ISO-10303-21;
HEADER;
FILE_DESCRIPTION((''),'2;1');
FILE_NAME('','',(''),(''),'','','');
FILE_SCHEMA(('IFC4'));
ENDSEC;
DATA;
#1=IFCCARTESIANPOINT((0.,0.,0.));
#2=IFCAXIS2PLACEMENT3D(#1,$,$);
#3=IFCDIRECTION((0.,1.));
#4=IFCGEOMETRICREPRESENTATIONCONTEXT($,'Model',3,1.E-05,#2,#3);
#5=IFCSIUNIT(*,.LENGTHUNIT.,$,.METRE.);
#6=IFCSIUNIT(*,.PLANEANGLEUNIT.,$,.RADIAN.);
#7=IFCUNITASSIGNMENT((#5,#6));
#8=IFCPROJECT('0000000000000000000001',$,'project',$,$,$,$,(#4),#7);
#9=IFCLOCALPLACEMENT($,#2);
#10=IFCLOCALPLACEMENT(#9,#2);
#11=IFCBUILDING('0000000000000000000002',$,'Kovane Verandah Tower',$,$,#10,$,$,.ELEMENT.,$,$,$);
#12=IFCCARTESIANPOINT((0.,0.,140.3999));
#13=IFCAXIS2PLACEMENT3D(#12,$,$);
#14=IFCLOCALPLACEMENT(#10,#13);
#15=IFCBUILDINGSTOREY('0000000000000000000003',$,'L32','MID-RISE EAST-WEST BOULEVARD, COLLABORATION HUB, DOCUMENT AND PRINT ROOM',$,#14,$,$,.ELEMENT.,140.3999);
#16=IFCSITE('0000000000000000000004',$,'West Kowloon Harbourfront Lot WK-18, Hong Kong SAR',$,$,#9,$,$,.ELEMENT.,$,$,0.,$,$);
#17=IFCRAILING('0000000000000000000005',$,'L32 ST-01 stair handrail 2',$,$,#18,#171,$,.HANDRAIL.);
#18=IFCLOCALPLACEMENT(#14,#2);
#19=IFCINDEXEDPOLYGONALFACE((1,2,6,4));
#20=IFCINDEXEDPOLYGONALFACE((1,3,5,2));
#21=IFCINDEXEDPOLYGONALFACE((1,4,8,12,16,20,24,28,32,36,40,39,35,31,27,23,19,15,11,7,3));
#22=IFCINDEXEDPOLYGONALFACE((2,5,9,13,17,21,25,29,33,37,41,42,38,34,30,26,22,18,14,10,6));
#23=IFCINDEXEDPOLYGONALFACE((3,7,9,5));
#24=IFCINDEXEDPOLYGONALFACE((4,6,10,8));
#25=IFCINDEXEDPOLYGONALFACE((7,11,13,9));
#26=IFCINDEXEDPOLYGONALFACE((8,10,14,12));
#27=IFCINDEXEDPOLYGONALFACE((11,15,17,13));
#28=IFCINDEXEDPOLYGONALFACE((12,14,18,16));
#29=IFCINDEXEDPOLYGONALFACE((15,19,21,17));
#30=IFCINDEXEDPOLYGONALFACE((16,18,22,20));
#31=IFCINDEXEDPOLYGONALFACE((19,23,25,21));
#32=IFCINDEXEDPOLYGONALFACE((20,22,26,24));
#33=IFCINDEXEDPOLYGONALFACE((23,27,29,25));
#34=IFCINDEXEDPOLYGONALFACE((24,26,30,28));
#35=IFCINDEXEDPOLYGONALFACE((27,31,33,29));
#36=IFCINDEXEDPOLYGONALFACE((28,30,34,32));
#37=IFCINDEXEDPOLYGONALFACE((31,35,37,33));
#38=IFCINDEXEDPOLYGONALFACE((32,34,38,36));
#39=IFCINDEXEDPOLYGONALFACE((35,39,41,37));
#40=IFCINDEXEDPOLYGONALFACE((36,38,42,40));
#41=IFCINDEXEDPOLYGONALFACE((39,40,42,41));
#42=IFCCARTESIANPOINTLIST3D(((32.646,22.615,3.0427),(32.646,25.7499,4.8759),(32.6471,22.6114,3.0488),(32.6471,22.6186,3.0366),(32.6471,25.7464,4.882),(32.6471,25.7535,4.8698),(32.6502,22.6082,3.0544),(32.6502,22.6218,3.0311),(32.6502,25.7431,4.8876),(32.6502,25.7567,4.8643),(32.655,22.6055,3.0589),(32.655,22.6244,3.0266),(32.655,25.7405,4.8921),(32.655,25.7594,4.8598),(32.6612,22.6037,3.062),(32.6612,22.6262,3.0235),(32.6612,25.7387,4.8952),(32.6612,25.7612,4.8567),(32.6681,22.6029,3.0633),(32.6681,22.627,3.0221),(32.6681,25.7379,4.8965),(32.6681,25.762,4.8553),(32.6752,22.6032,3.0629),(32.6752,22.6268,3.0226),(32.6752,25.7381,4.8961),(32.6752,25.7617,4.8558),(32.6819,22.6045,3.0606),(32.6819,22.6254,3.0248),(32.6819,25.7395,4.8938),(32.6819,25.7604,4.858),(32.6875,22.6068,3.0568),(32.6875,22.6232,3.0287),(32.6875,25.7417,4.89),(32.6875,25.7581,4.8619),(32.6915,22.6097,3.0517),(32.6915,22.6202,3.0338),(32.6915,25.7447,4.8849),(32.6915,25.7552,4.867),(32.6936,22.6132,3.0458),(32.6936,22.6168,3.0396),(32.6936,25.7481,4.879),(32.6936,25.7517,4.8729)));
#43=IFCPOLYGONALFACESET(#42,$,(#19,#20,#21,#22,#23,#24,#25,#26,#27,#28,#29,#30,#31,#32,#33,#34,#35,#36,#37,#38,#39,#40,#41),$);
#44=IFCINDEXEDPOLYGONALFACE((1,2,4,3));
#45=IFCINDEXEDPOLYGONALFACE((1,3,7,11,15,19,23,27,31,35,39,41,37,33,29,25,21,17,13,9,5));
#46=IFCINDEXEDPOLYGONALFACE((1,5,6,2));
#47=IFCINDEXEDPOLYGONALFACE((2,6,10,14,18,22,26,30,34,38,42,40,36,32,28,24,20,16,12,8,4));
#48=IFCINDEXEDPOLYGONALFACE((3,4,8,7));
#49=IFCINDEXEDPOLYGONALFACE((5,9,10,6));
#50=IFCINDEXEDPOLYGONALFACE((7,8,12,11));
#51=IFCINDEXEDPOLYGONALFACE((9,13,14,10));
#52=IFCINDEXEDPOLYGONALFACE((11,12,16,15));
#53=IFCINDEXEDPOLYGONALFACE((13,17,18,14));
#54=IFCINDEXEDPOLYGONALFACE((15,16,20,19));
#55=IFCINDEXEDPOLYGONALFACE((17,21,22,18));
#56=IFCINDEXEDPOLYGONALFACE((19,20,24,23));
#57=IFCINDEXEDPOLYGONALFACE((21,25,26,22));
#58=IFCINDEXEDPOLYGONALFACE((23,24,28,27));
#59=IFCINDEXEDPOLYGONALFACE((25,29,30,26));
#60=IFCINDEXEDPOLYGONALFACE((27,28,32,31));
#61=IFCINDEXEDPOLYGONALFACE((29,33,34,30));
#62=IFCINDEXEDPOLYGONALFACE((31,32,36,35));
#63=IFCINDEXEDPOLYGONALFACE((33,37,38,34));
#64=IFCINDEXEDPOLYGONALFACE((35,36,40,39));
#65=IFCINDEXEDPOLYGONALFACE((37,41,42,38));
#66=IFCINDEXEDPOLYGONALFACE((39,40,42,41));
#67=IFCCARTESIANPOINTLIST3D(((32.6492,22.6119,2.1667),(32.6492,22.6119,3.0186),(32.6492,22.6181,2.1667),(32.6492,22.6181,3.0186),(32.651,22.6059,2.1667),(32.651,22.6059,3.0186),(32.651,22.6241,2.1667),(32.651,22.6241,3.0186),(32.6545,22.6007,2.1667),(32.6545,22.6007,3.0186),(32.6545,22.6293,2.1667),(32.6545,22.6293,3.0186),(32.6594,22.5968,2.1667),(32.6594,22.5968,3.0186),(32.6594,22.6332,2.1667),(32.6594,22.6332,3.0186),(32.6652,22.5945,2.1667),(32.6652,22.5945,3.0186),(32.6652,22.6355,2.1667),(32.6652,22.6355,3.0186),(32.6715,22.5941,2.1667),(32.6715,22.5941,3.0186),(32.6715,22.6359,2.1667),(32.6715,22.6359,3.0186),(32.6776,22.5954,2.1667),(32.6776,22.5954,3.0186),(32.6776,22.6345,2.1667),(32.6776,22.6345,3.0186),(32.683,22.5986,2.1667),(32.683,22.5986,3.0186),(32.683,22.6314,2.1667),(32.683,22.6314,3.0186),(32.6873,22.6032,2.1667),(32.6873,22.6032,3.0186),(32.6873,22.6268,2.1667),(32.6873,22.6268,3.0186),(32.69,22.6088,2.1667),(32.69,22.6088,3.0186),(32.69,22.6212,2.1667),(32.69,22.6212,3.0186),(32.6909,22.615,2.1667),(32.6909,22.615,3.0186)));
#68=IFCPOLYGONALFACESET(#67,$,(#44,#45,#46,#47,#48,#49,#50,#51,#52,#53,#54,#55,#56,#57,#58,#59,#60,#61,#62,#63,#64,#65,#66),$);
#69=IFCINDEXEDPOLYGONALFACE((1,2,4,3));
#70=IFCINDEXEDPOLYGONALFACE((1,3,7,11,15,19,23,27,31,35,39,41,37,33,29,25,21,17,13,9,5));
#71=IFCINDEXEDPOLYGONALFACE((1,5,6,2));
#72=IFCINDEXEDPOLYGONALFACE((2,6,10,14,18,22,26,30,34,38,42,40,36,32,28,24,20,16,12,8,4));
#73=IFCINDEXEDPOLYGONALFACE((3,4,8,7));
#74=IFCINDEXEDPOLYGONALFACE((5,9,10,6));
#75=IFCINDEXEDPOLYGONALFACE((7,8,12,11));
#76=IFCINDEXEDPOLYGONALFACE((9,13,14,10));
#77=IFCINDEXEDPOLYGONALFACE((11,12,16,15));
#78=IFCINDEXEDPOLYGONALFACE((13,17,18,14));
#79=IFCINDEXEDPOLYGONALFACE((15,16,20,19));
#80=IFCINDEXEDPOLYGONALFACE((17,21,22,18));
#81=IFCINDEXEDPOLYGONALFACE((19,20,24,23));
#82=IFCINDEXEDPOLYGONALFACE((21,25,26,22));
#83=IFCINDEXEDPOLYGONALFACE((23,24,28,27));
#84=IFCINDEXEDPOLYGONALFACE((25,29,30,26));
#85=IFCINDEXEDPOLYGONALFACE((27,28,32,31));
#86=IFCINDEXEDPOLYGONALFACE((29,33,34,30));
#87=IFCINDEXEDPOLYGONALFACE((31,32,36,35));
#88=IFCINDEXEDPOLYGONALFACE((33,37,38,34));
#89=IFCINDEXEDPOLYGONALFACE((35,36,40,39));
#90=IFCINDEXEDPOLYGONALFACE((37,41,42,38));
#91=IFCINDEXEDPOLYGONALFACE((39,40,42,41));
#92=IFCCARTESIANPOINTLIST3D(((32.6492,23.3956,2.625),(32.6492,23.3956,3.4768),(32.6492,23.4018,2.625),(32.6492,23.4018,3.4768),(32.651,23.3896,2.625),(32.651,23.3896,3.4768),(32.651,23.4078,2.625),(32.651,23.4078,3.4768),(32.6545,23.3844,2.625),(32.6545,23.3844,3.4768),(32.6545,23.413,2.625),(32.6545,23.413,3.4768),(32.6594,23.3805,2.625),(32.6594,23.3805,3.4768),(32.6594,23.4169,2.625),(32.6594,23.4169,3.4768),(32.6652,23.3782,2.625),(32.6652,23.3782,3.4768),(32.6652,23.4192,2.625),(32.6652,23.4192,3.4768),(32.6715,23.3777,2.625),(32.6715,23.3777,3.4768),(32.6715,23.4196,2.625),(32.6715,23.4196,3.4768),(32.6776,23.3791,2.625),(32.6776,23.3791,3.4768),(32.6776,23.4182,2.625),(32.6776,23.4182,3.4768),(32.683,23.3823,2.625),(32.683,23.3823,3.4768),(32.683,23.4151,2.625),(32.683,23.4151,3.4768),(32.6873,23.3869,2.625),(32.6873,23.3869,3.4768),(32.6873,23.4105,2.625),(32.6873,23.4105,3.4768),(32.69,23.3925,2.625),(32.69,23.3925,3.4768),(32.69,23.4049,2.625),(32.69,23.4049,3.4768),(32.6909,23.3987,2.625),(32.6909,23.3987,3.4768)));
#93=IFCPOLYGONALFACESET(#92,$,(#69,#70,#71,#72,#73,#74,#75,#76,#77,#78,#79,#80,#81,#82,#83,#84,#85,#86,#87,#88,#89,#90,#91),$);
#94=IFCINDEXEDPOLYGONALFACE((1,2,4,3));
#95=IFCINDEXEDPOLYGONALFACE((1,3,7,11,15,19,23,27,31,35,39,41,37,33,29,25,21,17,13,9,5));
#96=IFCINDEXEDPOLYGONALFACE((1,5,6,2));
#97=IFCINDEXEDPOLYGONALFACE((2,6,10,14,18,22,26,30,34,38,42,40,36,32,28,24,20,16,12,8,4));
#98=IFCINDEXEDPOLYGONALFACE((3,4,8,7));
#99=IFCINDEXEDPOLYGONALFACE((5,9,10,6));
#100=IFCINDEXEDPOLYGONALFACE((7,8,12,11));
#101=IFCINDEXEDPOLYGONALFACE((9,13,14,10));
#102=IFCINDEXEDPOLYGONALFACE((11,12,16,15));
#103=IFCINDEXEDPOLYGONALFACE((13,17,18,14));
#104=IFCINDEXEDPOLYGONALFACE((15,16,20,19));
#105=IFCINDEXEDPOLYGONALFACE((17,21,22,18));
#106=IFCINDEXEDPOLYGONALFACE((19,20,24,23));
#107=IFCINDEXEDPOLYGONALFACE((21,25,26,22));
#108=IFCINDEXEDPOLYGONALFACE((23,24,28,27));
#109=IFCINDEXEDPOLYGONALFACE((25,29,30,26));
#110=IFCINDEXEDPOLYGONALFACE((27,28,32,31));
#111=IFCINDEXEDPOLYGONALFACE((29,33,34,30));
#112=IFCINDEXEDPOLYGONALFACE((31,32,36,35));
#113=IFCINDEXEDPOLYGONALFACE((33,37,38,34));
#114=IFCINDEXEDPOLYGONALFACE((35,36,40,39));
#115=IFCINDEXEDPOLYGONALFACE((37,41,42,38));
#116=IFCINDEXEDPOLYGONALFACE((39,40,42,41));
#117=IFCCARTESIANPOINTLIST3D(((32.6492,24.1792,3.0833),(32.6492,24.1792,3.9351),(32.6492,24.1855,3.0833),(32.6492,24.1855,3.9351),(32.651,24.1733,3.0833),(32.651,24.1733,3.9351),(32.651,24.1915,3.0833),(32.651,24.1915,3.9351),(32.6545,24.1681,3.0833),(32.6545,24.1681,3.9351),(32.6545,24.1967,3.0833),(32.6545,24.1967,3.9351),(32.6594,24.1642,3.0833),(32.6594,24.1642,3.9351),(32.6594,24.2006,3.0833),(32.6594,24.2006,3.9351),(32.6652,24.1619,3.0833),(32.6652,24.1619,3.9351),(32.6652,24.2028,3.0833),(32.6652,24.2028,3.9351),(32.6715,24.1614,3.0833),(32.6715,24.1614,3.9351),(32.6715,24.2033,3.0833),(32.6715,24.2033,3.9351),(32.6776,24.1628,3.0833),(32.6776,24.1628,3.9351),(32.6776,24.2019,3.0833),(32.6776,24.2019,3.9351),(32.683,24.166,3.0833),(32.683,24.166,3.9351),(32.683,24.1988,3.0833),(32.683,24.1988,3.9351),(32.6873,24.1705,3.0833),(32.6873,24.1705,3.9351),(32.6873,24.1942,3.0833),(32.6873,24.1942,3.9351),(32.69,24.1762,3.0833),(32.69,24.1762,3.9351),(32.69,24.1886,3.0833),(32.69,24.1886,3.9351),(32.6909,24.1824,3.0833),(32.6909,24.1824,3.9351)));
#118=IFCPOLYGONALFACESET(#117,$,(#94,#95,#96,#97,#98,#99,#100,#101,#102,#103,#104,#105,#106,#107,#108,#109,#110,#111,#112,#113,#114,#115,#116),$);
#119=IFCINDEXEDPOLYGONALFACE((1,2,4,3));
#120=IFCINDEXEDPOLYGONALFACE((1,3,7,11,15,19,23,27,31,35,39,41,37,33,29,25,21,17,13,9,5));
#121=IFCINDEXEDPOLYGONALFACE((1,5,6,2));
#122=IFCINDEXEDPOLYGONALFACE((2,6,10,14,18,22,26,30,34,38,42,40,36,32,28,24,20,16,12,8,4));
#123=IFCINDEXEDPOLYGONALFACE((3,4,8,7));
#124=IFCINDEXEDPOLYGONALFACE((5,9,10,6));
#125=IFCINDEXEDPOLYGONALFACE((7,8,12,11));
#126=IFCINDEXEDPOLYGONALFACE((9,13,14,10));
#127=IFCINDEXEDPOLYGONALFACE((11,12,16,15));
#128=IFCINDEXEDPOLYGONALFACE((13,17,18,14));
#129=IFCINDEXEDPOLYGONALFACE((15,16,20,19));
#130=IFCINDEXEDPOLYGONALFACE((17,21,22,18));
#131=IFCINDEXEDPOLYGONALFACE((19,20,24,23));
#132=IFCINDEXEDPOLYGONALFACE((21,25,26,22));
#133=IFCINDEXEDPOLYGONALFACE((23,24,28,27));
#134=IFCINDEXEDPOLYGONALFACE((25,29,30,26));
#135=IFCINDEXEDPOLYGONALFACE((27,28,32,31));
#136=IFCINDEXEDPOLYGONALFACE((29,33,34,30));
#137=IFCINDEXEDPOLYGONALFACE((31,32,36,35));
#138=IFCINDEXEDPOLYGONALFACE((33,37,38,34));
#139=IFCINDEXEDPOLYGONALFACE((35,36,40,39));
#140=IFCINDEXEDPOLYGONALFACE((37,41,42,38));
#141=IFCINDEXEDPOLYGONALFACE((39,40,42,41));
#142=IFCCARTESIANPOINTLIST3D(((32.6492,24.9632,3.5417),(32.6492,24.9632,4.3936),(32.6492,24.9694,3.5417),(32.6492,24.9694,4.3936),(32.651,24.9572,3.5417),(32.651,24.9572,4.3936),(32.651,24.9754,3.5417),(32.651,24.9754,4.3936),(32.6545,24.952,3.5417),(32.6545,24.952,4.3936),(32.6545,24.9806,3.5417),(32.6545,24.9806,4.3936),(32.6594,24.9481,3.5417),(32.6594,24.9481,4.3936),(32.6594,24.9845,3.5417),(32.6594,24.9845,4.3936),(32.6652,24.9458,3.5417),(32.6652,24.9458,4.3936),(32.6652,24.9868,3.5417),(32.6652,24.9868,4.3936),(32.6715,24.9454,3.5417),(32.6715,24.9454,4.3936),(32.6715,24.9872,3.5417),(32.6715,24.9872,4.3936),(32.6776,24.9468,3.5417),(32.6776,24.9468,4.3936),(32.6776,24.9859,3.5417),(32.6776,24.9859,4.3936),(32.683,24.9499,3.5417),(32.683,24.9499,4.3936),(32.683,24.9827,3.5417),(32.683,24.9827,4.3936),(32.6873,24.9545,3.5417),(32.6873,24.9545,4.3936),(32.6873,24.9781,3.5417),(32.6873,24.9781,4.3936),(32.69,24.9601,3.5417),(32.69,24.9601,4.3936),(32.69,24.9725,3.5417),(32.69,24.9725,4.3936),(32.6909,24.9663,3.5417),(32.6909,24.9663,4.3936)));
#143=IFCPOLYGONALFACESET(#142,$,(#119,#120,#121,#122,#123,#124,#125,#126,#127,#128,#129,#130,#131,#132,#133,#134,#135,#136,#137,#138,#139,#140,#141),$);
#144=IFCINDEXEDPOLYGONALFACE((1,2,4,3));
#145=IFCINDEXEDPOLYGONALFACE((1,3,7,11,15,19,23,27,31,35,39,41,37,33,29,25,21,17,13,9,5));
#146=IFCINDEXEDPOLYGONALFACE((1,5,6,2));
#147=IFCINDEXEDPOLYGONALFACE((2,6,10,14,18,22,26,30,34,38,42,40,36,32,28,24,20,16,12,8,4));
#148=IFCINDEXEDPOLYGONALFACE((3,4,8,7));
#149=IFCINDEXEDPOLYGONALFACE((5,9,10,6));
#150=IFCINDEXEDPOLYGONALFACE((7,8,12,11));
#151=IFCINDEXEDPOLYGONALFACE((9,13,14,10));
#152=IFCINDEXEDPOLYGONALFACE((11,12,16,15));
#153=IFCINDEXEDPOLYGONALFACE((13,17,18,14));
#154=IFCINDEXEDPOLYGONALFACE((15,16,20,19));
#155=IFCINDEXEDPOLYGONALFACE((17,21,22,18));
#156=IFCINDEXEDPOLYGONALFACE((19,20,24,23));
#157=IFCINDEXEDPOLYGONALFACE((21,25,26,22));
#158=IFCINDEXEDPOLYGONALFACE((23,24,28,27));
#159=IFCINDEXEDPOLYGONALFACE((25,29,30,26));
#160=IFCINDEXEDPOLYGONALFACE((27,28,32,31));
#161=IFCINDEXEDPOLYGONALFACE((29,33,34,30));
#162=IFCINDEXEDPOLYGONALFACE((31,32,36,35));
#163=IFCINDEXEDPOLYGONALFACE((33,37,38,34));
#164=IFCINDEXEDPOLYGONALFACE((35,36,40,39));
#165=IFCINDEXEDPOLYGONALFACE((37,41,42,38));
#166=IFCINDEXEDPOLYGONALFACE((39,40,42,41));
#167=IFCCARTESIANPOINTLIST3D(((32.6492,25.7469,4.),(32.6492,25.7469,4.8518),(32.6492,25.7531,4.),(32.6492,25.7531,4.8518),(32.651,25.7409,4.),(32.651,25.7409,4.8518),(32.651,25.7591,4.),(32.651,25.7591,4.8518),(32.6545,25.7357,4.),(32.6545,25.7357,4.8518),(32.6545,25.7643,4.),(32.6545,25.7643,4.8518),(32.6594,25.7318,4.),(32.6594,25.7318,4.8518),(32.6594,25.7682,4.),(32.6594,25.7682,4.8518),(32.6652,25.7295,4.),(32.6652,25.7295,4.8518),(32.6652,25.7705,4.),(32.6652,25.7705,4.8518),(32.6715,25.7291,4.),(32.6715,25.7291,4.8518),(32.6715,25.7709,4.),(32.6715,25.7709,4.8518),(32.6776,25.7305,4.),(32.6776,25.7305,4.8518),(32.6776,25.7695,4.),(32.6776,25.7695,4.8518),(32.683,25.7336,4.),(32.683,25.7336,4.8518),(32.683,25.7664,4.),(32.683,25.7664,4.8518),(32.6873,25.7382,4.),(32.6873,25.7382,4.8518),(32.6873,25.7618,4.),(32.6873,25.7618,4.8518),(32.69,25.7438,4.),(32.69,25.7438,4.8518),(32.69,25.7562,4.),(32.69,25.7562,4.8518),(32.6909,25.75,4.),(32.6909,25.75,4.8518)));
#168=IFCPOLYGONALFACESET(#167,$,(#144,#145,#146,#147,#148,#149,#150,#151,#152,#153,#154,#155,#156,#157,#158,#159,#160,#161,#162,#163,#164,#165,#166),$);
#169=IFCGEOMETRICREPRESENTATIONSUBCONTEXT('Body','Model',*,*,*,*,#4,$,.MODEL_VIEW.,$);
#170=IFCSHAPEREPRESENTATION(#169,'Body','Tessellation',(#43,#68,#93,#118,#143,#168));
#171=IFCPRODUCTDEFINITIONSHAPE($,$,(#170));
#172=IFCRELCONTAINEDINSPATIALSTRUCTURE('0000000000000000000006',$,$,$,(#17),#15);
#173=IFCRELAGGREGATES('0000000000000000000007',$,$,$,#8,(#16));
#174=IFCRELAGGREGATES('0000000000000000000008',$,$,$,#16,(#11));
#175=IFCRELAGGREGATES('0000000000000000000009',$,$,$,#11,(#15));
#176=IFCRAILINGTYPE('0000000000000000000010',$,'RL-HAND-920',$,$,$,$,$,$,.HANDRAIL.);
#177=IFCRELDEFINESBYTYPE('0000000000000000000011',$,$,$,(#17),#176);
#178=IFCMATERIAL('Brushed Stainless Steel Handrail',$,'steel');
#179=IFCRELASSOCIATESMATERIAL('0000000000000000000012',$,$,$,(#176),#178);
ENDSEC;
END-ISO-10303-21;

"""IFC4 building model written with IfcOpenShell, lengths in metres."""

from ifc_helpers import new_model, si_unit, direction, frame, origin, origin_2d, place, context, subcontext, project, spatial, circle, extrude, material, type_object, element, save


model = new_model("IFC4")

# Units and contexts
model_context = context("Model", 3, precision=1e-05, world=origin(), true_north=direction((0.0, 1.0)))
body_context = subcontext(model_context, "Body", "Model", "MODEL_VIEW")
ifc_project = project(units=[si_unit("LENGTHUNIT", "METRE"), si_unit("PLANEANGLEUNIT", "RADIAN")], contexts=[model_context])

# Site, building, storey
site_placement = place(None, origin())
site = spatial("IfcSite", under=ifc_project, at=site_placement, Name="West Kowloon Harbourfront Lot WK-18, Hong Kong SAR", CompositionType="ELEMENT", RefElevation=0.0)
building_placement = place(site_placement, origin())
building = spatial("IfcBuilding", under=site, at=building_placement, Name="Kovane Verandah Tower", CompositionType="ELEMENT")
storey_placement = place(building_placement, frame((0.0, 0.0, 140.3999)))
storey = spatial("IfcBuildingStorey", under=building, at=storey_placement, Name="L32", Description="MID-RISE EAST-WEST BOULEVARD, COLLABORATION HUB, DOCUMENT AND PRINT ROOM", CompositionType="ELEMENT", Elevation=140.3999)

# Railing
ifc_material_1 = material(Name="Brushed Stainless Steel Handrail", Category="steel")
railing_type_1 = type_object("IfcRailingType", Name="RL-HAND-920", PredefinedType="HANDRAIL", material=ifc_material_1)
railing_1_placement = place(storey_placement, frame((32.6699, 22.615, 2.1667)))
element("IfcRailing", 1, at=railing_1_placement, inside=storey, type_object=railing_type_1, Name="L32 ST-01 stair handrail 2", PredefinedType="HANDRAIL", context=body_context, shape_type="SweptSolid", body=[
    extrude(circle(Radius=0.0239, at=origin_2d()), frame((0.0, 0.0, 0.876), z_axis=(0.0, 0.86324, 0.504794), x_axis=(-1.0, 0.0, 0.0)), (0.0, 0.0, 1.0), 3.6316),
    extrude(circle(Radius=0.021, at=origin_2d()), origin(), (0.0, 0.0, 1.0), 0.8518),
    extrude(circle(Radius=0.021, at=origin_2d()), frame((0.0, 0.7837, 0.4583)), (0.0, 0.0, 1.0), 0.8518),
    extrude(circle(Radius=0.021, at=origin_2d()), frame((0.0, 1.5674, 0.9165)), (0.0, 0.0, 1.0), 0.8518),
    extrude(circle(Radius=0.021, at=origin_2d()), frame((0.0, 2.3513, 1.375)), (0.0, 0.0, 1.0), 0.8518),
    extrude(circle(Radius=0.021, at=origin_2d()), frame((0.0, 3.135, 1.8333)), (0.0, 0.0, 1.0), 0.8518),
])

save(model, "model.ifc")
